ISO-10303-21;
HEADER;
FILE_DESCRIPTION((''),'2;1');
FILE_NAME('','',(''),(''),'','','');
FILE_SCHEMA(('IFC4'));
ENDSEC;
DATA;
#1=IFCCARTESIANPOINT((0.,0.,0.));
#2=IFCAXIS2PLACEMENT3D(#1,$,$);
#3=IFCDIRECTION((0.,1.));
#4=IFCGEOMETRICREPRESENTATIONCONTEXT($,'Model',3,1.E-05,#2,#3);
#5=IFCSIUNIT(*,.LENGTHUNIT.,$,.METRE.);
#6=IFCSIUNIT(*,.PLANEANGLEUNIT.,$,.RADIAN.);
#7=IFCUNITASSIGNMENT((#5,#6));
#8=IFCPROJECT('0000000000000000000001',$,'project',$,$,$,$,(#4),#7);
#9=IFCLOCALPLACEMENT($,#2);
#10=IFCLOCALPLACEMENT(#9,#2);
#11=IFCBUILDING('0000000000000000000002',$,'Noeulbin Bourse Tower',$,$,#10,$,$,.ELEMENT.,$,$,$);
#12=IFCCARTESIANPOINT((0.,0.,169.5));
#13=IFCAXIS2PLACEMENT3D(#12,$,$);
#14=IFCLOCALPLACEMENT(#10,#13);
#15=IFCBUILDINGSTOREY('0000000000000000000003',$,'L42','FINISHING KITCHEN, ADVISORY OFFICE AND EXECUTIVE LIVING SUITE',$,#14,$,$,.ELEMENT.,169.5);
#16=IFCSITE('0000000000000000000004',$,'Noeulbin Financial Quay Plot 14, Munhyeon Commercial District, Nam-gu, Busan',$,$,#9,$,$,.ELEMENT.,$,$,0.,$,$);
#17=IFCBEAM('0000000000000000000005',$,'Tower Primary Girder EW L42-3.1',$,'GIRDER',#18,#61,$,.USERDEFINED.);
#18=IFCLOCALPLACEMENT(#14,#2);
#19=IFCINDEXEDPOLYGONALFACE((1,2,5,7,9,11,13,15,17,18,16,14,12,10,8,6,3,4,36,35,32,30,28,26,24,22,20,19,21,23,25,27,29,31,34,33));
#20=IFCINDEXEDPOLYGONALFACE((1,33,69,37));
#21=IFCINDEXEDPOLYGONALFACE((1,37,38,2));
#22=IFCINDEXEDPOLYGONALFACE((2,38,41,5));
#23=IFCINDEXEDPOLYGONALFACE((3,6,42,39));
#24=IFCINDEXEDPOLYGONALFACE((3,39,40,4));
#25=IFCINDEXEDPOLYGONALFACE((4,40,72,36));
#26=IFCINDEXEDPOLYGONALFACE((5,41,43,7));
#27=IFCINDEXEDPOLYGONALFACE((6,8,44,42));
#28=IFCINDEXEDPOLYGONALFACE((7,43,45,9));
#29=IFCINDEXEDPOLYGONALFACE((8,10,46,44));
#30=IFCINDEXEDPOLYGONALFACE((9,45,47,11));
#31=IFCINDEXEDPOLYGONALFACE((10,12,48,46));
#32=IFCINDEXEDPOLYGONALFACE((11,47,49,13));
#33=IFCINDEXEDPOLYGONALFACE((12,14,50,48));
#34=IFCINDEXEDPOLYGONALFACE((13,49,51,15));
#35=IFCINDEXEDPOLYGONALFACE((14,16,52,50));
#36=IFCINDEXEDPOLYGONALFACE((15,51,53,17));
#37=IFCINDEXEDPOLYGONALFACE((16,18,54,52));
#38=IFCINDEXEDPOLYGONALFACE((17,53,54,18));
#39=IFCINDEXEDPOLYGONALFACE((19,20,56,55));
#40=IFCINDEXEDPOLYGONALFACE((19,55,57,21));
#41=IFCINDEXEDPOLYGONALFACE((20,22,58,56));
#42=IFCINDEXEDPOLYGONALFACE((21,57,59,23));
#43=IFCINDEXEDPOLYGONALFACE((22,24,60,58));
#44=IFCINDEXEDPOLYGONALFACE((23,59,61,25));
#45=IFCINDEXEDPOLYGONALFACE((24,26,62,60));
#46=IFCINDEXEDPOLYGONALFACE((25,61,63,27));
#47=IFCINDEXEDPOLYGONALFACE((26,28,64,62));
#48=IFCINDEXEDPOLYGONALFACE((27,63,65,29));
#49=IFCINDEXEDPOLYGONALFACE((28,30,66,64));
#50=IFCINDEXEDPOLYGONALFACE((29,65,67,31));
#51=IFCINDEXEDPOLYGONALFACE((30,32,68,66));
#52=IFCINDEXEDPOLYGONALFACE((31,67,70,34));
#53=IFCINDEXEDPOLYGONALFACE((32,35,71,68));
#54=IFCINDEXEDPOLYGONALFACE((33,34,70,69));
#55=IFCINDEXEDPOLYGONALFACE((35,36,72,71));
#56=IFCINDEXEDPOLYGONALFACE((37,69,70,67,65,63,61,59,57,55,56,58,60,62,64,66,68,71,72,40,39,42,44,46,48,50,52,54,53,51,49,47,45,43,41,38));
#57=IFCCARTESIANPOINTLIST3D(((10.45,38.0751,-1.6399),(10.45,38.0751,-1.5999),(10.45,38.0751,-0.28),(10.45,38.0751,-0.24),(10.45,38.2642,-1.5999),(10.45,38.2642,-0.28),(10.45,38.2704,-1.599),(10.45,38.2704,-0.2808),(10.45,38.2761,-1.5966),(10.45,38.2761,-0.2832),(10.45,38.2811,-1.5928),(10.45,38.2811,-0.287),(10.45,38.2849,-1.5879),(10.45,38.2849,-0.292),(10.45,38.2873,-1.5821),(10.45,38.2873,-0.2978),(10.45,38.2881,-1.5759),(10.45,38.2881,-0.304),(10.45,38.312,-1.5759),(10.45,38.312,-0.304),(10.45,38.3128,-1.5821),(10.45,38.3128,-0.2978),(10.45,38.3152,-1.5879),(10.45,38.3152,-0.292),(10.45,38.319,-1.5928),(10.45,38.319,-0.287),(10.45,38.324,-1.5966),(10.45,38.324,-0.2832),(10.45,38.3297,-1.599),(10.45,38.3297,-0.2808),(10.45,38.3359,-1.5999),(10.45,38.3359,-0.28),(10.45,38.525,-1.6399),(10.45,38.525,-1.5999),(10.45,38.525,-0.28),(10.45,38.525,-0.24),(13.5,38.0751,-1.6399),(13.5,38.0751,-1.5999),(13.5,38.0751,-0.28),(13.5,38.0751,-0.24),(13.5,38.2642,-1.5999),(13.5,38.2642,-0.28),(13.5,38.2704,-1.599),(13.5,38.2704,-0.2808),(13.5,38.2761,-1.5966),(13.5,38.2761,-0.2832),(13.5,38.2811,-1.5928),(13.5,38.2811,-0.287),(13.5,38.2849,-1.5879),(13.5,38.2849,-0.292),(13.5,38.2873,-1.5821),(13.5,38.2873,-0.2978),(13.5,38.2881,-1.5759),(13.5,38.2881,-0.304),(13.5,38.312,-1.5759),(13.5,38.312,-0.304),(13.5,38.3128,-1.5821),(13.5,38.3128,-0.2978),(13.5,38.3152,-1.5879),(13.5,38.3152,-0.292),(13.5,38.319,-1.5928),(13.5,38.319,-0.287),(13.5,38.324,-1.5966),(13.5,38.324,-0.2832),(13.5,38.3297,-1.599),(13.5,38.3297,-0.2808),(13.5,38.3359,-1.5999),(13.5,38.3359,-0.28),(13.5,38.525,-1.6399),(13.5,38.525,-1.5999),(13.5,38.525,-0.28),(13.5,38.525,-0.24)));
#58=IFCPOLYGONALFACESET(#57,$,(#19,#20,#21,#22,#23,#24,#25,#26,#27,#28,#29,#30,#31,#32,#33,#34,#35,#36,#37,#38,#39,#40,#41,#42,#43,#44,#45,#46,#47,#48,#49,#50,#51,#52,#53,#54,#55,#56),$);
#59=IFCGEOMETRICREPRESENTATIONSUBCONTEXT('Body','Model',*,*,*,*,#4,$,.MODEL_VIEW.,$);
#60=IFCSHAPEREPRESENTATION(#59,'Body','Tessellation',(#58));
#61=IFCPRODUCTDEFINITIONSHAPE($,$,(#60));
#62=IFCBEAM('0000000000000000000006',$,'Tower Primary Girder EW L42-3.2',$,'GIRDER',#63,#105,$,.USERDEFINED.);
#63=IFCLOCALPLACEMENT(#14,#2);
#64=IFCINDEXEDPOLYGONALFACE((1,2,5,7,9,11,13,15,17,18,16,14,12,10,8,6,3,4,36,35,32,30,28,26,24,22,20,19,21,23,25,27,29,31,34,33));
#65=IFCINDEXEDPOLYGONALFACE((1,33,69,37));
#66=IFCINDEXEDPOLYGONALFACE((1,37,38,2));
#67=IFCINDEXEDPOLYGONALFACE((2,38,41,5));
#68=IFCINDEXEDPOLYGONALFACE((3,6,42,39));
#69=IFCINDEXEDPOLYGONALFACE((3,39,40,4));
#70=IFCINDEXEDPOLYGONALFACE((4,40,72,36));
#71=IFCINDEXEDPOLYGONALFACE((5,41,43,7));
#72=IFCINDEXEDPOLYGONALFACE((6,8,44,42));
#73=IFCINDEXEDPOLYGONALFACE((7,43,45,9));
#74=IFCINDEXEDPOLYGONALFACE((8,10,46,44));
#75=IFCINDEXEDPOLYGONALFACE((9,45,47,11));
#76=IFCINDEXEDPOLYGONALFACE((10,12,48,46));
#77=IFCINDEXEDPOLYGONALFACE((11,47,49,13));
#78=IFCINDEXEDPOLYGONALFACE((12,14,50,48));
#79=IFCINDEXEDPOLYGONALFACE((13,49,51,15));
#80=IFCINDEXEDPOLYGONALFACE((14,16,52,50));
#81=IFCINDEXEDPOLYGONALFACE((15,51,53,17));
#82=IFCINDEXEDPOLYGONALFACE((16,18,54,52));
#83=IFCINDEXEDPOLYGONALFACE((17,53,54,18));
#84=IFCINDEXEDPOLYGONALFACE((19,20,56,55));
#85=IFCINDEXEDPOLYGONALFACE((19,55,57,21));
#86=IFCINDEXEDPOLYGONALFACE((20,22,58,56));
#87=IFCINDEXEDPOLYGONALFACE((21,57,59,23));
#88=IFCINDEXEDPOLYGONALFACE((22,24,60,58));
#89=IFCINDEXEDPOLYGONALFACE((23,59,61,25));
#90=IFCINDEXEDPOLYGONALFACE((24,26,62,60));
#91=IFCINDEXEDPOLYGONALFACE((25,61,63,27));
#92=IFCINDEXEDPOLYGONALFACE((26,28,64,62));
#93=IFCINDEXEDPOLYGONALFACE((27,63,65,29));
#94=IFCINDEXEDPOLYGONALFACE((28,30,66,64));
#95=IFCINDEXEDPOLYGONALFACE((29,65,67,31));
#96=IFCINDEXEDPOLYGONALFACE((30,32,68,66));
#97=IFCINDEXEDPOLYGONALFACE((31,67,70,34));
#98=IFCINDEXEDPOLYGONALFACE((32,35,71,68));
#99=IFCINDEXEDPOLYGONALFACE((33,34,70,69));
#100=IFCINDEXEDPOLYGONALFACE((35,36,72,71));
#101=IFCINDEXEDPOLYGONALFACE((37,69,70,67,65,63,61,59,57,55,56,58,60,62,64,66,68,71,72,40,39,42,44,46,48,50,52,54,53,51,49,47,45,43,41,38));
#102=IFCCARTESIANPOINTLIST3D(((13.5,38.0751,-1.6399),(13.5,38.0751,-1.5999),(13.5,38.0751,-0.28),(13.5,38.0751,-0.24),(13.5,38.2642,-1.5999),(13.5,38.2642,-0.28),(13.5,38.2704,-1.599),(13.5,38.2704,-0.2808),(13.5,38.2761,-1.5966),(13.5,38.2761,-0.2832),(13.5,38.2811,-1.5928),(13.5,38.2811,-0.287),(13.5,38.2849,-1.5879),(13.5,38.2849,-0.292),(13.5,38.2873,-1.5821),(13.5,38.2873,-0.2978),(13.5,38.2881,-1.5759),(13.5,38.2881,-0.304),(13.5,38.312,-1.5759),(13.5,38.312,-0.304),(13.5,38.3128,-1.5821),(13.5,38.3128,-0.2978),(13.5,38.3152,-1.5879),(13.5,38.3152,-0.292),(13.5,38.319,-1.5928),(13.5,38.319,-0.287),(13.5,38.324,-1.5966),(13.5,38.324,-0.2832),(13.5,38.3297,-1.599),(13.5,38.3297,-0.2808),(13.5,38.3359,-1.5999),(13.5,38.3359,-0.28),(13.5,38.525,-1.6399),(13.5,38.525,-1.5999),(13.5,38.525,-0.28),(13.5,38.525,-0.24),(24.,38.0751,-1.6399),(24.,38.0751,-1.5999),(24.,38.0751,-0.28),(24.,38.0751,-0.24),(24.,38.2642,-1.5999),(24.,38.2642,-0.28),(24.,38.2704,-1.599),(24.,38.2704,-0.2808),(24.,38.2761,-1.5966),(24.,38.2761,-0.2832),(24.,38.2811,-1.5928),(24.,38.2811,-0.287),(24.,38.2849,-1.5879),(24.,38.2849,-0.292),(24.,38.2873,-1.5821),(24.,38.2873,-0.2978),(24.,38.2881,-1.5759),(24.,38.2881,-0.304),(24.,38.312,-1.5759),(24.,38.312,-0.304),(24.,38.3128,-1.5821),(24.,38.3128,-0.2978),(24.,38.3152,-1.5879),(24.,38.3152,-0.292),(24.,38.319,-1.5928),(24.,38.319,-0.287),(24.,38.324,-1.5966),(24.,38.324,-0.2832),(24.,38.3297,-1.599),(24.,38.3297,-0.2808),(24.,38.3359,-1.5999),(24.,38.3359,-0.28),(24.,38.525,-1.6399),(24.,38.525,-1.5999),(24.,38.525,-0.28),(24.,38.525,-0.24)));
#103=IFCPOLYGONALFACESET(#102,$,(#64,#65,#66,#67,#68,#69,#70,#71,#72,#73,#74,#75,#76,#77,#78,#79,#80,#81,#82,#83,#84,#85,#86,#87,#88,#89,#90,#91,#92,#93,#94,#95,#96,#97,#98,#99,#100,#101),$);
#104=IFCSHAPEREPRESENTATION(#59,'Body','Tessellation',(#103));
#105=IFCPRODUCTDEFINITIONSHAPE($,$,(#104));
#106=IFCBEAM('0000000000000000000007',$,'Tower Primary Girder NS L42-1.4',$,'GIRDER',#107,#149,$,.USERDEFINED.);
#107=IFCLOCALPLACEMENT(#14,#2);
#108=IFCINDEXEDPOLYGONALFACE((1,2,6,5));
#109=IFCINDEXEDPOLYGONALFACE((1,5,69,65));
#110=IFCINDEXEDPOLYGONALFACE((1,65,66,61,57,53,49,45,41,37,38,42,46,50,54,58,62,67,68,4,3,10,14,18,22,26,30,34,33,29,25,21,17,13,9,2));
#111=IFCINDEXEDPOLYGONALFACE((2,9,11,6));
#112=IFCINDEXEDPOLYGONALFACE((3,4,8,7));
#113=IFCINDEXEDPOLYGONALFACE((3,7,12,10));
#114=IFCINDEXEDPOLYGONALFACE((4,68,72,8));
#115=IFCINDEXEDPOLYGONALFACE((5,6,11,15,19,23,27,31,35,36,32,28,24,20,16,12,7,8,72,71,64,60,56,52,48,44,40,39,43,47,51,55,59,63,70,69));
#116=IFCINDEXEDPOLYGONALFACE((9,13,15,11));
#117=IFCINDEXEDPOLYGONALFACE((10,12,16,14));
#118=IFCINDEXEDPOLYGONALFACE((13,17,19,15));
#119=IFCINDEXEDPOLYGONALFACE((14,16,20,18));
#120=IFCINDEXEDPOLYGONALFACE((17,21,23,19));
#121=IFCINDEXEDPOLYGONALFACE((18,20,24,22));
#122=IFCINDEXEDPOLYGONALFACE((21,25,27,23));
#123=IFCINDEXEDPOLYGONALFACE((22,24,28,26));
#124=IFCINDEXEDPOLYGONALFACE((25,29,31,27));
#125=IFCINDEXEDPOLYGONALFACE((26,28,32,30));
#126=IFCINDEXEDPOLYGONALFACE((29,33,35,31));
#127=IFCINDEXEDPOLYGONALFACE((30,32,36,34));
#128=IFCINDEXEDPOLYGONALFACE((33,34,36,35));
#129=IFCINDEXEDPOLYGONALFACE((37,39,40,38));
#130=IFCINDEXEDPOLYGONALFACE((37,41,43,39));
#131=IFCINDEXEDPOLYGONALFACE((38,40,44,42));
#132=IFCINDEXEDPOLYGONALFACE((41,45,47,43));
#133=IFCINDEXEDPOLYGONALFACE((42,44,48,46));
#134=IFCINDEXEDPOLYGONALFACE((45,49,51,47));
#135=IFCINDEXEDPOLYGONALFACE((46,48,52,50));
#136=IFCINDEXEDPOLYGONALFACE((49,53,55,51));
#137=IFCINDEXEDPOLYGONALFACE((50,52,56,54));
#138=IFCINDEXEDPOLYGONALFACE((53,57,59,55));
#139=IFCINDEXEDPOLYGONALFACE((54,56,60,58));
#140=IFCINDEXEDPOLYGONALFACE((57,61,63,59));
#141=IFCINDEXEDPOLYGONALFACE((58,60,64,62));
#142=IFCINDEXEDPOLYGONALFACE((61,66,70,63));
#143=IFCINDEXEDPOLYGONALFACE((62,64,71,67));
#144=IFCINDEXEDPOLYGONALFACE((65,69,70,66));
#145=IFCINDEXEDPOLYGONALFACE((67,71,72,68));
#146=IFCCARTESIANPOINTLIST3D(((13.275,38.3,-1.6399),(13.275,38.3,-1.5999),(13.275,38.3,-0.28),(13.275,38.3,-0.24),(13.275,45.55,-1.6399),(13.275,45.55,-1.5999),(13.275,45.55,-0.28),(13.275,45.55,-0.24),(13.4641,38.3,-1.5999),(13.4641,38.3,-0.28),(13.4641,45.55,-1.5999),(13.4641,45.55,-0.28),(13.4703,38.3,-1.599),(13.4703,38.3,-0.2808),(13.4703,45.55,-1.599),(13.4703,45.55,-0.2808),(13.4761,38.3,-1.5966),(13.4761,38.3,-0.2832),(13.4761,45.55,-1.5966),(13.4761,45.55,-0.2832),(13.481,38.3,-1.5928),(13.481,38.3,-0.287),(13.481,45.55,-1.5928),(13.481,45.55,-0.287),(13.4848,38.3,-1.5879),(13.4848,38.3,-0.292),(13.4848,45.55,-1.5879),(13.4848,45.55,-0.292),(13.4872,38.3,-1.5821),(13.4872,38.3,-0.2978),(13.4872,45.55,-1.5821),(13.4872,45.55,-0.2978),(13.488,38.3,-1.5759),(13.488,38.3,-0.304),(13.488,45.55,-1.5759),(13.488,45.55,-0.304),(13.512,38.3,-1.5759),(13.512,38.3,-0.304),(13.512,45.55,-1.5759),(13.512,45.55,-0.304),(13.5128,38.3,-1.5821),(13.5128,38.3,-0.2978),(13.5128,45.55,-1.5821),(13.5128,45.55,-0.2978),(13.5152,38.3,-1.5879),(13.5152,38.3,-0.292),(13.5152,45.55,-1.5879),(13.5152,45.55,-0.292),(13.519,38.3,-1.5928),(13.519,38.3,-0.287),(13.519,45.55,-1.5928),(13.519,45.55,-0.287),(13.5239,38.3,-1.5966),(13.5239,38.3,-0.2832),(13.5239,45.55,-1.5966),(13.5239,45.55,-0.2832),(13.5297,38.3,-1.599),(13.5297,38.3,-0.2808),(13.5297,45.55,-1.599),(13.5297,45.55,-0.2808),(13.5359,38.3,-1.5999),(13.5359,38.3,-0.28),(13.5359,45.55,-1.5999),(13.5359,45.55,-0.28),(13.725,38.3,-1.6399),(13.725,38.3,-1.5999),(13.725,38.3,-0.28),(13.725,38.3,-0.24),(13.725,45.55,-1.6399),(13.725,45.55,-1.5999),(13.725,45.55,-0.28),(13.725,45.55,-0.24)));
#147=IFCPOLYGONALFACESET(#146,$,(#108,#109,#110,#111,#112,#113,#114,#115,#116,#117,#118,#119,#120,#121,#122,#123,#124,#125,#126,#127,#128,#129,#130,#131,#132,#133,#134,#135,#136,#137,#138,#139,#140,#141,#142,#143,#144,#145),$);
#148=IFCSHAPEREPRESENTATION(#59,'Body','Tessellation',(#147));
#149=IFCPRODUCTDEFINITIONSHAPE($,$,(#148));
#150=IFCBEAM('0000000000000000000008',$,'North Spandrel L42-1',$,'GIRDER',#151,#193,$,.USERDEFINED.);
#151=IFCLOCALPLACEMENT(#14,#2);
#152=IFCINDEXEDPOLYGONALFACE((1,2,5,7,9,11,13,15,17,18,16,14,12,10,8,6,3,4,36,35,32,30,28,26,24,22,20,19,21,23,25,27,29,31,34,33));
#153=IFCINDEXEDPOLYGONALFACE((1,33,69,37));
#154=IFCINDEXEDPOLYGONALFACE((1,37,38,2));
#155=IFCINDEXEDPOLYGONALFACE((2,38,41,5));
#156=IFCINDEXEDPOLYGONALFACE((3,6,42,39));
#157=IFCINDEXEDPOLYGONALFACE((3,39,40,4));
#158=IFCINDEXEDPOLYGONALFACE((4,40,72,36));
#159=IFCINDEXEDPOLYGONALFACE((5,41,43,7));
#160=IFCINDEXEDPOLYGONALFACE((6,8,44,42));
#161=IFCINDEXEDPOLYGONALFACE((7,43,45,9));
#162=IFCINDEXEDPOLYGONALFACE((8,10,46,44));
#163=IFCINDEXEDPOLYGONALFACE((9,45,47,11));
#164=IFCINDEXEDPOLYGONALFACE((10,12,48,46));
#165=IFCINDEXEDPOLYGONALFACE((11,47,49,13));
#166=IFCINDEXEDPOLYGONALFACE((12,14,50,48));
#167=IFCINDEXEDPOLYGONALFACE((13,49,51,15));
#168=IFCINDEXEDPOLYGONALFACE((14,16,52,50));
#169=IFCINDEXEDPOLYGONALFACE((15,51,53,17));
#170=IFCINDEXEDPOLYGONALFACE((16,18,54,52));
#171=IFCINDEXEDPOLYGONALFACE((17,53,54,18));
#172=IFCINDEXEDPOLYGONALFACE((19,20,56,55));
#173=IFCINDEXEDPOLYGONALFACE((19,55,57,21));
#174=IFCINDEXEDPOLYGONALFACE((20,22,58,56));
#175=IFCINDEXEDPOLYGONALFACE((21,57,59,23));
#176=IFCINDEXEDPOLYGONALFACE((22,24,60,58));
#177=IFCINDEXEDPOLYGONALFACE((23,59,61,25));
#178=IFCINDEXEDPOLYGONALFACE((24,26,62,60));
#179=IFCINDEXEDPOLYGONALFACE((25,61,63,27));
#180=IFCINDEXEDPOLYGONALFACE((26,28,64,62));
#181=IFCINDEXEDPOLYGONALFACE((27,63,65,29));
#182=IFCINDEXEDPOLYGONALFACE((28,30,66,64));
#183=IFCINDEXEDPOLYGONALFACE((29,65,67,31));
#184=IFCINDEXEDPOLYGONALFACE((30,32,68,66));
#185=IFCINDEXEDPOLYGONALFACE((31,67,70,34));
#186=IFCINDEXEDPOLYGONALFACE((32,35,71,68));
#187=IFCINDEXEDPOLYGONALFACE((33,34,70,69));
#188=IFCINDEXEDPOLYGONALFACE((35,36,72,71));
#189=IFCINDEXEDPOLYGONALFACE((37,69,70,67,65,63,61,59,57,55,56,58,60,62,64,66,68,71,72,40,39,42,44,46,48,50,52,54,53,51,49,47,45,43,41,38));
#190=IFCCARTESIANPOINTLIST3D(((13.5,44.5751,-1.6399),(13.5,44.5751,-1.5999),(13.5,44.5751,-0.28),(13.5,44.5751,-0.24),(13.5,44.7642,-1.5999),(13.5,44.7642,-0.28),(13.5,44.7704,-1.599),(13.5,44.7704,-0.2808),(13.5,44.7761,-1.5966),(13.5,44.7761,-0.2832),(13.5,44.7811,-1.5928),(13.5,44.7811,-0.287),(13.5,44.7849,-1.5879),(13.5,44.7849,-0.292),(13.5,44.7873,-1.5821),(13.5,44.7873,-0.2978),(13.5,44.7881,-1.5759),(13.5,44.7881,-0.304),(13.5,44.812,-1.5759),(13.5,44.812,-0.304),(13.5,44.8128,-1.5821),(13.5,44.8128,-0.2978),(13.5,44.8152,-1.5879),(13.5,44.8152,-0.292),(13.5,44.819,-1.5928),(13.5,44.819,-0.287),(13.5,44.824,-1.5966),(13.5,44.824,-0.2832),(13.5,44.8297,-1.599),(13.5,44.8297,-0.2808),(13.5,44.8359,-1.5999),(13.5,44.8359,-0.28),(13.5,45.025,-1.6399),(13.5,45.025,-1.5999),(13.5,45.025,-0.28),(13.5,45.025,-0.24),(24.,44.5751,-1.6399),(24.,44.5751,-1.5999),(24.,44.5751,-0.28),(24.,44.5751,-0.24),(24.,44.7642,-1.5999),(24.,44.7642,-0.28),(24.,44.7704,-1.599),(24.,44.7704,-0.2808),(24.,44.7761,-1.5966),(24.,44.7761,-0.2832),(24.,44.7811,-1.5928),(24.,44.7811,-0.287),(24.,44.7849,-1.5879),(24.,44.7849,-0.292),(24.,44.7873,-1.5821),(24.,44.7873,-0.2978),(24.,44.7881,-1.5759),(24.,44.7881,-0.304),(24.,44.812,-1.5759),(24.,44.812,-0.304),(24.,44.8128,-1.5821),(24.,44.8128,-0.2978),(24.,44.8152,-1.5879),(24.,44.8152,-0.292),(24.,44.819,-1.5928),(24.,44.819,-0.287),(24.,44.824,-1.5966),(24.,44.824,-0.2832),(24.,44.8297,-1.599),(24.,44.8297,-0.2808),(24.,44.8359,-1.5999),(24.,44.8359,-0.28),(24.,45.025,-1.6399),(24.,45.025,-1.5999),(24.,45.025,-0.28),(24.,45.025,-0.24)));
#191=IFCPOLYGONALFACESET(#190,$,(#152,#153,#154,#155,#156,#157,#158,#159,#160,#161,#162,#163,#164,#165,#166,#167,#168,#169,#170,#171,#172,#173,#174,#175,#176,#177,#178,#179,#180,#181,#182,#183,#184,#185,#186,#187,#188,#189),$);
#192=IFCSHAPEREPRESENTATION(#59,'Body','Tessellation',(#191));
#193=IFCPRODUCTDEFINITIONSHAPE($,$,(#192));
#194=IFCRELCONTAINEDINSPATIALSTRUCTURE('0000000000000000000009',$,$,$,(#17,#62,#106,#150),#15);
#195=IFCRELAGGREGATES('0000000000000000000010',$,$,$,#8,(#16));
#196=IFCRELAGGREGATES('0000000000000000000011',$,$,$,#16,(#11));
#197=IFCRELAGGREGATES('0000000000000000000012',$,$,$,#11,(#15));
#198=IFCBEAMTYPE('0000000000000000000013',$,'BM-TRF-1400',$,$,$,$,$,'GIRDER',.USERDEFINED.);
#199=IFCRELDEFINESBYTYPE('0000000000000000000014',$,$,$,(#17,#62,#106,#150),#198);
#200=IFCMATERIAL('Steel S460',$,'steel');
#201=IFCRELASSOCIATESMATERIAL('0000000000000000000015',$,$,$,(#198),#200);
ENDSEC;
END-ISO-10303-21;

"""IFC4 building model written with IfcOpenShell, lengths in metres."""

from ifc_helpers import new_model, si_unit, direction, frame, origin, origin_2d, place, context, subcontext, project, spatial, i_section, extrude, material, material_profile, profile_set, type_object, element, save


model = new_model("IFC4")

# Units and contexts
model_context = context("Model", 3, precision=1e-05, world=origin(), true_north=direction((0.0, 1.0)))
body_context = subcontext(model_context, "Body", "Model", "MODEL_VIEW")
ifc_project = project(units=[si_unit("LENGTHUNIT", "METRE"), si_unit("PLANEANGLEUNIT", "RADIAN")], contexts=[model_context])

# Site, building, storey
site_placement = place(None, origin())
site = spatial("IfcSite", under=ifc_project, at=site_placement, Name="Noeulbin Financial Quay Plot 14, Munhyeon Commercial District, Nam-gu, Busan", CompositionType="ELEMENT", RefElevation=0.0)
building_placement = place(site_placement, origin())
building = spatial("IfcBuilding", under=site, at=building_placement, Name="Noeulbin Bourse Tower", CompositionType="ELEMENT")
storey_placement = place(building_placement, frame((0.0, 0.0, 169.5)))
storey = spatial("IfcBuildingStorey", under=building, at=storey_placement, Name="L42", Description="FINISHING KITCHEN, ADVISORY OFFICE AND EXECUTIVE LIVING SUITE", CompositionType="ELEMENT", Elevation=169.5)

# Shared definitions
ifc_material_1 = material(Name="Steel S460", Category="steel")

# Beams
ifc_material_profile_1 = material_profile(ifc_material_1, i_section(OverallWidth=0.45, OverallDepth=1.3999, WebThickness=0.0239, FlangeThickness=0.04, FilletRadius=0.0239, at=origin_2d()), Name="PG-1400x450x24x40", Category="LoadBearing")
ifc_profile_set_1 = profile_set([ifc_material_profile_1], Name="Steel S460")
beam_type_1 = type_object("IfcBeamType", Name="BM-TRF-1400", ElementType="GIRDER", PredefinedType="USERDEFINED", material=ifc_profile_set_1)
beam_1_placement = place(storey_placement, frame((10.45, 38.3, -0.9399), z_axis=(1.0, 0.0, 0.0), x_axis=(0.0, 1.0, 0.0)))
element("IfcBeam", 1, at=beam_1_placement, inside=storey, type_object=beam_type_1, Name="Tower Primary Girder EW L42-3.1", ObjectType="GIRDER", PredefinedType="USERDEFINED", context=body_context, shape_type="SweptSolid", body=[
    extrude(i_section(OverallWidth=0.45, OverallDepth=1.3999, WebThickness=0.0239, FlangeThickness=0.04, FilletRadius=0.0239, at=origin_2d()), origin(), (0.0, 0.0, 1.0), 3.05),
])
beam_2_placement = place(storey_placement, frame((13.5, 38.3, -0.9399), z_axis=(1.0, 0.0, 0.0), x_axis=(0.0, 1.0, 0.0)))
element("IfcBeam", 2, at=beam_2_placement, inside=storey, type_object=beam_type_1, Name="Tower Primary Girder EW L42-3.2", ObjectType="GIRDER", PredefinedType="USERDEFINED", context=body_context, shape_type="SweptSolid", body=[
    extrude(i_section(OverallWidth=0.45, OverallDepth=1.3999, WebThickness=0.0239, FlangeThickness=0.04, FilletRadius=0.0239, at=origin_2d()), origin(), (0.0, 0.0, 1.0), 10.5),
])
beam_3_placement = place(storey_placement, frame((13.5, 38.3, -0.9399), z_axis=(0.0, 1.0, 0.0), x_axis=(-1.0, 0.0, 0.0)))
element("IfcBeam", 3, at=beam_3_placement, inside=storey, type_object=beam_type_1, Name="Tower Primary Girder NS L42-1.4", ObjectType="GIRDER", PredefinedType="USERDEFINED", context=body_context, shape_type="SweptSolid", body=[
    extrude(i_section(OverallWidth=0.45, OverallDepth=1.3999, WebThickness=0.0239, FlangeThickness=0.04, FilletRadius=0.0239, at=origin_2d()), origin(), (0.0, 0.0, 1.0), 7.25),
])
beam_4_placement = place(storey_placement, frame((13.5, 44.8, -0.9399), z_axis=(1.0, 0.0, 0.0), x_axis=(0.0, 1.0, 0.0)))
element("IfcBeam", 4, at=beam_4_placement, inside=storey, type_object=beam_type_1, Name="North Spandrel L42-1", ObjectType="GIRDER", PredefinedType="USERDEFINED", context=body_context, shape_type="SweptSolid", body=[
    extrude(i_section(OverallWidth=0.45, OverallDepth=1.3999, WebThickness=0.0239, FlangeThickness=0.04, FilletRadius=0.0239, at=origin_2d()), origin(), (0.0, 0.0, 1.0), 10.5),
])

save(model, "model.ifc")
